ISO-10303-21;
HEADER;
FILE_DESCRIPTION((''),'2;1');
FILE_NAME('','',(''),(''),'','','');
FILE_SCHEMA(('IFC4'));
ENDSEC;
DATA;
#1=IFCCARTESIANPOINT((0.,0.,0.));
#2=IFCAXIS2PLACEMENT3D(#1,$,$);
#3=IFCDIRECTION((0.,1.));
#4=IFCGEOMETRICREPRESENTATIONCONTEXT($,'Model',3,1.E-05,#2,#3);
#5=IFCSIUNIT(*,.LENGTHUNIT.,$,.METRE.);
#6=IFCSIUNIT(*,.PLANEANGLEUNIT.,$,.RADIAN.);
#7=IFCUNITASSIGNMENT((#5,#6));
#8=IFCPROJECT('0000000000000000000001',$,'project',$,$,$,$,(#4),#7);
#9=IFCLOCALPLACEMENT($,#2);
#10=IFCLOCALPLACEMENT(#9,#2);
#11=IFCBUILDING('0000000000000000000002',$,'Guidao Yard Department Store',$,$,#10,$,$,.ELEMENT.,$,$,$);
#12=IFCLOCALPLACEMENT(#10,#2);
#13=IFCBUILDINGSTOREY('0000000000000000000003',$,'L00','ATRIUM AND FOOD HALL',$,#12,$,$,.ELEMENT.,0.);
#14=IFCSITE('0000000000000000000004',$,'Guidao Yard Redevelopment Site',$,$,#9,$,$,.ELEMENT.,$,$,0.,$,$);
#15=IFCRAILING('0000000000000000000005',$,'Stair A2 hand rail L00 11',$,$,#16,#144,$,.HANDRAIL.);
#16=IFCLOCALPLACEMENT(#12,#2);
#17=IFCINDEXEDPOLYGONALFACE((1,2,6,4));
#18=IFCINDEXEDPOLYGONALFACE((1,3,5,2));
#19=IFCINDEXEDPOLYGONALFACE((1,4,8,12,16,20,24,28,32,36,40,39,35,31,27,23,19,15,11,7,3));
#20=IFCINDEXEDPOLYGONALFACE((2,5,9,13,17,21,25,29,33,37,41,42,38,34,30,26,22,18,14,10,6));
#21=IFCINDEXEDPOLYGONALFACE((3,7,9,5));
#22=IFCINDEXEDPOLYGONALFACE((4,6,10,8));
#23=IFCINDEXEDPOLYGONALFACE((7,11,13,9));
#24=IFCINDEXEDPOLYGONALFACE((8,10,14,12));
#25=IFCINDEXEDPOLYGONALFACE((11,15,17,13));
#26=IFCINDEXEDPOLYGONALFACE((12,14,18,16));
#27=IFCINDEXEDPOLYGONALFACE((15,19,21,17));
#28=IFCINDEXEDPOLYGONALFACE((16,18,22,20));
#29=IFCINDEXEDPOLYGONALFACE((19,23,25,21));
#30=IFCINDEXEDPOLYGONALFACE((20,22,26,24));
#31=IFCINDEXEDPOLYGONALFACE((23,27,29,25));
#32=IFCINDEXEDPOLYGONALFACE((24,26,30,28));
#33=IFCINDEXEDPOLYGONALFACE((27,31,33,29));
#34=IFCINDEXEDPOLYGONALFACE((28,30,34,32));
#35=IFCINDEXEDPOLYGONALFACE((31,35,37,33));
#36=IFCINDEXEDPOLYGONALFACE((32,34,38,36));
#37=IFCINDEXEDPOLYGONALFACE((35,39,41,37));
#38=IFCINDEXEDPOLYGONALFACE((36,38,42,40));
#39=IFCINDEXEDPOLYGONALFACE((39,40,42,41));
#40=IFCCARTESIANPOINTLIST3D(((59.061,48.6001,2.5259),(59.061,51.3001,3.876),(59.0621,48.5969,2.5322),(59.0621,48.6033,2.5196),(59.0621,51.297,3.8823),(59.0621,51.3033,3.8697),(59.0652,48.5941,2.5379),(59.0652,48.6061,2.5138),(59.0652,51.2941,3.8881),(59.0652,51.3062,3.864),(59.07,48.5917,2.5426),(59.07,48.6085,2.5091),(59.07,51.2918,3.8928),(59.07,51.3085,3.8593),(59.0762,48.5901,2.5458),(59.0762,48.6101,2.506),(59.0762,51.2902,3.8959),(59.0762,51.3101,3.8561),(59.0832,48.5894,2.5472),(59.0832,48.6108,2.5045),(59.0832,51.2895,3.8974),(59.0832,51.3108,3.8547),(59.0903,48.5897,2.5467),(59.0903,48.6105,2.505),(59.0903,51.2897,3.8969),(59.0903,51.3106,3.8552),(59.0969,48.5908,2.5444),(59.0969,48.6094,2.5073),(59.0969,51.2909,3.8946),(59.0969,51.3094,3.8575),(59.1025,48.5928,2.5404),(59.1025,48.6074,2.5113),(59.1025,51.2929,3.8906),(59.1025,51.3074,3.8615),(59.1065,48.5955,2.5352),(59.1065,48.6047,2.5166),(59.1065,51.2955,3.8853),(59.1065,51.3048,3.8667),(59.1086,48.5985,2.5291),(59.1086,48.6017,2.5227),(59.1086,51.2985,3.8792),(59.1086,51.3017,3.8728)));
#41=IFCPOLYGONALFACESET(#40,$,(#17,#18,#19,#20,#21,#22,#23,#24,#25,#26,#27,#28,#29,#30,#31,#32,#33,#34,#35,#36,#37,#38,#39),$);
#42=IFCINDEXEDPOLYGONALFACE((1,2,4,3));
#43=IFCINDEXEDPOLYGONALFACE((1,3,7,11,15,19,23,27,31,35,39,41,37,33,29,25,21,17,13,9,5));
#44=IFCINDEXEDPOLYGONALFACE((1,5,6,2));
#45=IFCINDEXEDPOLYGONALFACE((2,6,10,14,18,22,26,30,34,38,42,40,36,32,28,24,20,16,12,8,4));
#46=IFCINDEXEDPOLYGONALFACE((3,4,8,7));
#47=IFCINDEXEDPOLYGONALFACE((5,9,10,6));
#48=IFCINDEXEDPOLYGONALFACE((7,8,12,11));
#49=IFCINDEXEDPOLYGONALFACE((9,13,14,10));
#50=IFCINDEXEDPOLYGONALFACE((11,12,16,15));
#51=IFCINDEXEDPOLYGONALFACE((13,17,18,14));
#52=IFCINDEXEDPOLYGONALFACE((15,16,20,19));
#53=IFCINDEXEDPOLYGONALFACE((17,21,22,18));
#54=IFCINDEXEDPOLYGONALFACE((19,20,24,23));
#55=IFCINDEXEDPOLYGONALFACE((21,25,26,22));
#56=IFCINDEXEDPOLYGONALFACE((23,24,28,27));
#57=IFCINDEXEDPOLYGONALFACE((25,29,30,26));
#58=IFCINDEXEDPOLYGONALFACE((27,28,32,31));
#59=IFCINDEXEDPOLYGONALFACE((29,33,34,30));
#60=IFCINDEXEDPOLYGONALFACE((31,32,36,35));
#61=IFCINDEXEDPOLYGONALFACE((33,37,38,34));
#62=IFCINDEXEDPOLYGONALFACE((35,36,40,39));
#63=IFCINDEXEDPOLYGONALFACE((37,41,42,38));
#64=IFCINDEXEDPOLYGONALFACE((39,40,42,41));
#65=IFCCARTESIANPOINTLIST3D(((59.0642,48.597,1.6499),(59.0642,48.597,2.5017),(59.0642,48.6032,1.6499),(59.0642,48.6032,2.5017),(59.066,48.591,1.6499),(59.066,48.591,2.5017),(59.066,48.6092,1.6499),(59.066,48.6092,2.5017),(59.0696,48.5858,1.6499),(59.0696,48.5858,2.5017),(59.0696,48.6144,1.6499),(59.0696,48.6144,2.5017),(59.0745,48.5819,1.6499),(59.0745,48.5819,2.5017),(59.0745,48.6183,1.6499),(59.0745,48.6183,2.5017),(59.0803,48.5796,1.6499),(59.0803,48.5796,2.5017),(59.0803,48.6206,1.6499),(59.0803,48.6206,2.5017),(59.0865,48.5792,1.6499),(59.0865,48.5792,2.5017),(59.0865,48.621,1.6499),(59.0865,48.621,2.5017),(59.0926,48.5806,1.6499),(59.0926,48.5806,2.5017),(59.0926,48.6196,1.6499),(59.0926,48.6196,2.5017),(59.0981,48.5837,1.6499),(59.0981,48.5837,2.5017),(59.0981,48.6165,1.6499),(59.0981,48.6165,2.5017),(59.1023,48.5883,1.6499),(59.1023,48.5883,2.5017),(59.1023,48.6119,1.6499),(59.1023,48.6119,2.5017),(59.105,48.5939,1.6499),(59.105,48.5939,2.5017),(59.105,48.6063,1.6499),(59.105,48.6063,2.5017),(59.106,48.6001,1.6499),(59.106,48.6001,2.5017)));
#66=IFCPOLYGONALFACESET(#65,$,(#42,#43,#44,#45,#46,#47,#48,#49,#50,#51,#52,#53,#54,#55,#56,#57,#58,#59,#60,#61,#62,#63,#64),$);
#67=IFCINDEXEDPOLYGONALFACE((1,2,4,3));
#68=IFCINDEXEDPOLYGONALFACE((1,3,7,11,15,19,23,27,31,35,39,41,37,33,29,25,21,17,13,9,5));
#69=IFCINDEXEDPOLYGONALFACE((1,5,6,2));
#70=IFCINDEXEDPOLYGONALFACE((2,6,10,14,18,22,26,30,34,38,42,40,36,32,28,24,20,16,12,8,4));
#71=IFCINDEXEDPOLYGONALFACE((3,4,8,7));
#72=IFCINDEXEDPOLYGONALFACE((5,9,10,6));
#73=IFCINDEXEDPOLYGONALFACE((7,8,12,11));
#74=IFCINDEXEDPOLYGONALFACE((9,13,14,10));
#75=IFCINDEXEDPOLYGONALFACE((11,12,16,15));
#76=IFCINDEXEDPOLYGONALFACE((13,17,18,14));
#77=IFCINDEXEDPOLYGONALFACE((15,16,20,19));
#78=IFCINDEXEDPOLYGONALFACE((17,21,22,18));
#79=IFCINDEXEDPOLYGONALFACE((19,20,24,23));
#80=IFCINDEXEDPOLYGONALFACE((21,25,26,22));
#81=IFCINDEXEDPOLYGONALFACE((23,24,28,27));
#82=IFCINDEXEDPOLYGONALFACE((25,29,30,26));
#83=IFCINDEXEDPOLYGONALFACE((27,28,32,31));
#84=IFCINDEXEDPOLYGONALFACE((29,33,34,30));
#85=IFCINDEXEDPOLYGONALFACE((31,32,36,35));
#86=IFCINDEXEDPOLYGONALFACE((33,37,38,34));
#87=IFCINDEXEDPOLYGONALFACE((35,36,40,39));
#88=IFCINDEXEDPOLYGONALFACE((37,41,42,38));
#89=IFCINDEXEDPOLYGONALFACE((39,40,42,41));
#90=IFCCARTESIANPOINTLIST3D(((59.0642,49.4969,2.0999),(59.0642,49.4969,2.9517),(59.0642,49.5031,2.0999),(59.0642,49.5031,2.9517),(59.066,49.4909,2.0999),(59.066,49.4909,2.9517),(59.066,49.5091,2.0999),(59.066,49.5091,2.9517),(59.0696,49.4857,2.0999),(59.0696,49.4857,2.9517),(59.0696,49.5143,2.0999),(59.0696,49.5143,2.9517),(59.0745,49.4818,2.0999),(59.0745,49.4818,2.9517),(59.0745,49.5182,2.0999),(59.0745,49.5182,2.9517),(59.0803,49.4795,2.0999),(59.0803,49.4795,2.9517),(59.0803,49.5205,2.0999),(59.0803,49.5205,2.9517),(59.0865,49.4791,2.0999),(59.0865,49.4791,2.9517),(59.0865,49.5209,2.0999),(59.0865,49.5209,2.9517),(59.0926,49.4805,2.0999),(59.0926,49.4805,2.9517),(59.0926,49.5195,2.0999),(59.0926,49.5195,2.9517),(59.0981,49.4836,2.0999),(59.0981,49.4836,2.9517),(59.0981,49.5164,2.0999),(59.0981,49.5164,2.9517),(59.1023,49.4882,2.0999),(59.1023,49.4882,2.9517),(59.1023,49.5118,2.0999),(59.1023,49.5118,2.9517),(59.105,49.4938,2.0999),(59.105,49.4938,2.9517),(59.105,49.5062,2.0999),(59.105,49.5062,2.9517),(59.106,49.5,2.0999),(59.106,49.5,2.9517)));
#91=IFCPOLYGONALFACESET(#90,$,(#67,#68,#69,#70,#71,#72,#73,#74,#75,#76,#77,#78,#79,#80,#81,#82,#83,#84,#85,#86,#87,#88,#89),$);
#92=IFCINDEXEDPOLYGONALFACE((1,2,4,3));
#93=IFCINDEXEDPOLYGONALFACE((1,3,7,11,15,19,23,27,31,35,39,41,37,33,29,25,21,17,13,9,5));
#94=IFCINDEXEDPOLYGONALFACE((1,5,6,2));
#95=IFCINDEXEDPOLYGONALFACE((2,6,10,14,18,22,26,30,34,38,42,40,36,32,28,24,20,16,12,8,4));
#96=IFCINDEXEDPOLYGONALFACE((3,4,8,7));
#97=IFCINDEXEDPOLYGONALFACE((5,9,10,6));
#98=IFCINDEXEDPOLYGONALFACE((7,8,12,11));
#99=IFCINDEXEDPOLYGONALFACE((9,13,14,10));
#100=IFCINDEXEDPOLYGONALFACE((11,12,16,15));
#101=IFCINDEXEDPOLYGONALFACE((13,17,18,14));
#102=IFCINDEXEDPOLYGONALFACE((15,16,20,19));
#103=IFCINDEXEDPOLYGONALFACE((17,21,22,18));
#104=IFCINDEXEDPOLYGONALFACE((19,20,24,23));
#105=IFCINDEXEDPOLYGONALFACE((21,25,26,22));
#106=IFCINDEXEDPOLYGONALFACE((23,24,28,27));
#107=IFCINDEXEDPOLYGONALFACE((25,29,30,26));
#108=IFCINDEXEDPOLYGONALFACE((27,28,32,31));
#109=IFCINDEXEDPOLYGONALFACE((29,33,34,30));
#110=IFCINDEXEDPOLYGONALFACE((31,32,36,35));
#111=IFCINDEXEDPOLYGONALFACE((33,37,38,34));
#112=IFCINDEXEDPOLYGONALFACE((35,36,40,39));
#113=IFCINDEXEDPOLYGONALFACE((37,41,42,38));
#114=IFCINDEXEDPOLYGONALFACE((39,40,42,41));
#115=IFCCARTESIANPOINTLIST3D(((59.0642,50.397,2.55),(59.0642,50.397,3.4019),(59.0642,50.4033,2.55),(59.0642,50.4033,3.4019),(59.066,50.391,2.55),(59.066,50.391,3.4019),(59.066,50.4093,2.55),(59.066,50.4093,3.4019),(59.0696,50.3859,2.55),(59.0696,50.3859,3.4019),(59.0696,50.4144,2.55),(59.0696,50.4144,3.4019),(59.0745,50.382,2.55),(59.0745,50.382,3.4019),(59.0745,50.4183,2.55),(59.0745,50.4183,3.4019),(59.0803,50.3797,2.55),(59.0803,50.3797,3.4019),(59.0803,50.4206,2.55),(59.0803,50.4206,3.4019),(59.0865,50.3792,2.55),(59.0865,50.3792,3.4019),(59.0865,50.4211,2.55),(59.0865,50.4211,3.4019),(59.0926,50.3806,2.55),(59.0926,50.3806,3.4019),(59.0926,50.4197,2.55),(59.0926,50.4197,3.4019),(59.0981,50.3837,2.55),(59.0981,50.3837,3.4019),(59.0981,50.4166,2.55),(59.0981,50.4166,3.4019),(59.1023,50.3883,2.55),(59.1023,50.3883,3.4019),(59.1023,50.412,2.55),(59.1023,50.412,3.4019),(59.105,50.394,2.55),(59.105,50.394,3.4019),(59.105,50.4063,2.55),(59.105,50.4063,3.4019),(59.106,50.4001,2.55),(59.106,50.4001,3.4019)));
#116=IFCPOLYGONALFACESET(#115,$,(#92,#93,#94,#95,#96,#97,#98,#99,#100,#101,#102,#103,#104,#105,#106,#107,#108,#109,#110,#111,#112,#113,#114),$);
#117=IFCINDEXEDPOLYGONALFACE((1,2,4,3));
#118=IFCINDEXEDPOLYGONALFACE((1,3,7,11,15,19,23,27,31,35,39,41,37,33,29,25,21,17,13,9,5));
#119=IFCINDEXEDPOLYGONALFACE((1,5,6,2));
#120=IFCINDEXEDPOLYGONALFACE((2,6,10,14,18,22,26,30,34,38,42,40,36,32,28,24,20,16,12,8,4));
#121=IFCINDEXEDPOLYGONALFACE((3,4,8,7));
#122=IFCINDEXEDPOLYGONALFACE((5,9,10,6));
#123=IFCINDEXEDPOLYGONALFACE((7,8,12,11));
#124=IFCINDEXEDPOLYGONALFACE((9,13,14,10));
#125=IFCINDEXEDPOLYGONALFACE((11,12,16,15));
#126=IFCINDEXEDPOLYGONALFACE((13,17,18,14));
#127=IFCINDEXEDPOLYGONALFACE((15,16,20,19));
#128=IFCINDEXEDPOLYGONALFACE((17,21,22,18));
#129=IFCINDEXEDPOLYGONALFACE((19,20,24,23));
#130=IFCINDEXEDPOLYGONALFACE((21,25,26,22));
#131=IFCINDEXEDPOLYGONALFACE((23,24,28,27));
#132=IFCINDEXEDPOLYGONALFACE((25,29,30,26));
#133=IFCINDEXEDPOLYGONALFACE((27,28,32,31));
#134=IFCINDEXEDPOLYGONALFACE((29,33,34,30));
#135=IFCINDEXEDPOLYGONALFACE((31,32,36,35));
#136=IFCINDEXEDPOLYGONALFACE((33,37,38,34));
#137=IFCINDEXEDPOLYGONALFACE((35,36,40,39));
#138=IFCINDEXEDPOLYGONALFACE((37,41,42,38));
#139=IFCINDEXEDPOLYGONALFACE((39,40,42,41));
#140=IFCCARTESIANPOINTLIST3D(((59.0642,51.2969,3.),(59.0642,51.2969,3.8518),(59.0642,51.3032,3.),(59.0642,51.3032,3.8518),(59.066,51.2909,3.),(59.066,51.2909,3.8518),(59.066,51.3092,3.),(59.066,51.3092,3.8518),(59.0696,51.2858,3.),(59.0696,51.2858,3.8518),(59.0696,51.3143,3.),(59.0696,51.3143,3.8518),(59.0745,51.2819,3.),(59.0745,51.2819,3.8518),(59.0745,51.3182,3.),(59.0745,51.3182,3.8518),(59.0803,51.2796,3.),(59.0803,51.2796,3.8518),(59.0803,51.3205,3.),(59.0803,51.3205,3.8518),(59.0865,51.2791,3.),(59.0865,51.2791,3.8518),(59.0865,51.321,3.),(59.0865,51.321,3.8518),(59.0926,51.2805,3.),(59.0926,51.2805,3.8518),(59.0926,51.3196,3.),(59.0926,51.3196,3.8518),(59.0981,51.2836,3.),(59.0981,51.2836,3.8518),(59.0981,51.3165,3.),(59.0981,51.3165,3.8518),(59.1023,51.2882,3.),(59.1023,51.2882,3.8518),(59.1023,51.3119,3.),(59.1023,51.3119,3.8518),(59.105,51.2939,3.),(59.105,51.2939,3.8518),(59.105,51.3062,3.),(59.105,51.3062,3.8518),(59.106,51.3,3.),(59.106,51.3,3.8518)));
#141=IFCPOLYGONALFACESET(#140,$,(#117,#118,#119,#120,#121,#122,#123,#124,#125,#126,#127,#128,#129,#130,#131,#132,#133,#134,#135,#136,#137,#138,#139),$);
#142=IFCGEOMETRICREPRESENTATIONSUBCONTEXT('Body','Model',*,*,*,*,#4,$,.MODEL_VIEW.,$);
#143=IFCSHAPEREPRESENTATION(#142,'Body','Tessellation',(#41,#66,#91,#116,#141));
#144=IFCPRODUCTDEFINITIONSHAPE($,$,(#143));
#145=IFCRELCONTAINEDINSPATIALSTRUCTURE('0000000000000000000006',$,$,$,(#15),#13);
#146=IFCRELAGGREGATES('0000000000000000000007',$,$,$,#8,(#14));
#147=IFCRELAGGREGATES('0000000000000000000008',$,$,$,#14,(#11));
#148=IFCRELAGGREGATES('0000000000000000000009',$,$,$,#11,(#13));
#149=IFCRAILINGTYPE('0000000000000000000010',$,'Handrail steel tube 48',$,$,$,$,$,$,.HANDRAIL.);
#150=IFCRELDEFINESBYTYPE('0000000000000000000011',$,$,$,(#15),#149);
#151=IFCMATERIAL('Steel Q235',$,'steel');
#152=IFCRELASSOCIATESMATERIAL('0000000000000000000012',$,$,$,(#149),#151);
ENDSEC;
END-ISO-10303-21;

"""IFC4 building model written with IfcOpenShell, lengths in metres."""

from ifc_helpers import new_model, si_unit, direction, frame, origin, origin_2d, place, context, subcontext, project, spatial, circle, extrude, material, type_object, element, save


model = new_model("IFC4")

# Units and contexts
model_context = context("Model", 3, precision=1e-05, world=origin(), true_north=direction((0.0, 1.0)))
body_context = subcontext(model_context, "Body", "Model", "MODEL_VIEW")
ifc_project = project(units=[si_unit("LENGTHUNIT", "METRE"), si_unit("PLANEANGLEUNIT", "RADIAN")], contexts=[model_context])

# Site, building, storey
site_placement = place(None, origin())
site = spatial("IfcSite", under=ifc_project, at=site_placement, Name="Guidao Yard Redevelopment Site", CompositionType="ELEMENT", RefElevation=0.0)
building_placement = place(site_placement, origin())
building = spatial("IfcBuilding", under=site, at=building_placement, Name="Guidao Yard Department Store", CompositionType="ELEMENT")
storey_placement = place(building_placement, origin())
storey = spatial("IfcBuildingStorey", under=building, at=storey_placement, Name="L00", Description="ATRIUM AND FOOD HALL", CompositionType="ELEMENT", Elevation=0.0)

# Railing
ifc_material_1 = material(Name="Steel Q235", Category="steel")
railing_type = type_object("IfcRailingType", Name="Handrail steel tube 48", PredefinedType="HANDRAIL", material=ifc_material_1)
for number, where, name in (
    (1, (59.085, 48.6001, 1.6499), "Stair A2 hand rail L00 11"),
):
    element("IfcRailing", number, at=place(storey_placement, frame(where)), inside=storey, type_object=railing_type, Name=name, PredefinedType="HANDRAIL", context=body_context, shape_type="SweptSolid", body=[
        extrude(circle(Radius=0.0239, at=origin_2d()), frame((0.0, 0.0, 0.876), z_axis=(0.0, 0.894411, 0.447246), x_axis=(-1.0, 0.0, 0.0)), (0.0, 0.0, 1.0), 3.0188),
        extrude(circle(Radius=0.021, at=origin_2d()), origin(), (0.0, 0.0, 1.0), 0.8518),
        extrude(circle(Radius=0.021, at=origin_2d()), frame((0.0, 0.8999, 0.45)), (0.0, 0.0, 1.0), 0.8518),
        extrude(circle(Radius=0.021, at=origin_2d()), frame((0.0, 1.8, 0.9001)), (0.0, 0.0, 1.0), 0.8518),
        extrude(circle(Radius=0.021, at=origin_2d()), frame((0.0, 2.7, 1.3501)), (0.0, 0.0, 1.0), 0.8518),
    ])

save(model, "model.ifc")
